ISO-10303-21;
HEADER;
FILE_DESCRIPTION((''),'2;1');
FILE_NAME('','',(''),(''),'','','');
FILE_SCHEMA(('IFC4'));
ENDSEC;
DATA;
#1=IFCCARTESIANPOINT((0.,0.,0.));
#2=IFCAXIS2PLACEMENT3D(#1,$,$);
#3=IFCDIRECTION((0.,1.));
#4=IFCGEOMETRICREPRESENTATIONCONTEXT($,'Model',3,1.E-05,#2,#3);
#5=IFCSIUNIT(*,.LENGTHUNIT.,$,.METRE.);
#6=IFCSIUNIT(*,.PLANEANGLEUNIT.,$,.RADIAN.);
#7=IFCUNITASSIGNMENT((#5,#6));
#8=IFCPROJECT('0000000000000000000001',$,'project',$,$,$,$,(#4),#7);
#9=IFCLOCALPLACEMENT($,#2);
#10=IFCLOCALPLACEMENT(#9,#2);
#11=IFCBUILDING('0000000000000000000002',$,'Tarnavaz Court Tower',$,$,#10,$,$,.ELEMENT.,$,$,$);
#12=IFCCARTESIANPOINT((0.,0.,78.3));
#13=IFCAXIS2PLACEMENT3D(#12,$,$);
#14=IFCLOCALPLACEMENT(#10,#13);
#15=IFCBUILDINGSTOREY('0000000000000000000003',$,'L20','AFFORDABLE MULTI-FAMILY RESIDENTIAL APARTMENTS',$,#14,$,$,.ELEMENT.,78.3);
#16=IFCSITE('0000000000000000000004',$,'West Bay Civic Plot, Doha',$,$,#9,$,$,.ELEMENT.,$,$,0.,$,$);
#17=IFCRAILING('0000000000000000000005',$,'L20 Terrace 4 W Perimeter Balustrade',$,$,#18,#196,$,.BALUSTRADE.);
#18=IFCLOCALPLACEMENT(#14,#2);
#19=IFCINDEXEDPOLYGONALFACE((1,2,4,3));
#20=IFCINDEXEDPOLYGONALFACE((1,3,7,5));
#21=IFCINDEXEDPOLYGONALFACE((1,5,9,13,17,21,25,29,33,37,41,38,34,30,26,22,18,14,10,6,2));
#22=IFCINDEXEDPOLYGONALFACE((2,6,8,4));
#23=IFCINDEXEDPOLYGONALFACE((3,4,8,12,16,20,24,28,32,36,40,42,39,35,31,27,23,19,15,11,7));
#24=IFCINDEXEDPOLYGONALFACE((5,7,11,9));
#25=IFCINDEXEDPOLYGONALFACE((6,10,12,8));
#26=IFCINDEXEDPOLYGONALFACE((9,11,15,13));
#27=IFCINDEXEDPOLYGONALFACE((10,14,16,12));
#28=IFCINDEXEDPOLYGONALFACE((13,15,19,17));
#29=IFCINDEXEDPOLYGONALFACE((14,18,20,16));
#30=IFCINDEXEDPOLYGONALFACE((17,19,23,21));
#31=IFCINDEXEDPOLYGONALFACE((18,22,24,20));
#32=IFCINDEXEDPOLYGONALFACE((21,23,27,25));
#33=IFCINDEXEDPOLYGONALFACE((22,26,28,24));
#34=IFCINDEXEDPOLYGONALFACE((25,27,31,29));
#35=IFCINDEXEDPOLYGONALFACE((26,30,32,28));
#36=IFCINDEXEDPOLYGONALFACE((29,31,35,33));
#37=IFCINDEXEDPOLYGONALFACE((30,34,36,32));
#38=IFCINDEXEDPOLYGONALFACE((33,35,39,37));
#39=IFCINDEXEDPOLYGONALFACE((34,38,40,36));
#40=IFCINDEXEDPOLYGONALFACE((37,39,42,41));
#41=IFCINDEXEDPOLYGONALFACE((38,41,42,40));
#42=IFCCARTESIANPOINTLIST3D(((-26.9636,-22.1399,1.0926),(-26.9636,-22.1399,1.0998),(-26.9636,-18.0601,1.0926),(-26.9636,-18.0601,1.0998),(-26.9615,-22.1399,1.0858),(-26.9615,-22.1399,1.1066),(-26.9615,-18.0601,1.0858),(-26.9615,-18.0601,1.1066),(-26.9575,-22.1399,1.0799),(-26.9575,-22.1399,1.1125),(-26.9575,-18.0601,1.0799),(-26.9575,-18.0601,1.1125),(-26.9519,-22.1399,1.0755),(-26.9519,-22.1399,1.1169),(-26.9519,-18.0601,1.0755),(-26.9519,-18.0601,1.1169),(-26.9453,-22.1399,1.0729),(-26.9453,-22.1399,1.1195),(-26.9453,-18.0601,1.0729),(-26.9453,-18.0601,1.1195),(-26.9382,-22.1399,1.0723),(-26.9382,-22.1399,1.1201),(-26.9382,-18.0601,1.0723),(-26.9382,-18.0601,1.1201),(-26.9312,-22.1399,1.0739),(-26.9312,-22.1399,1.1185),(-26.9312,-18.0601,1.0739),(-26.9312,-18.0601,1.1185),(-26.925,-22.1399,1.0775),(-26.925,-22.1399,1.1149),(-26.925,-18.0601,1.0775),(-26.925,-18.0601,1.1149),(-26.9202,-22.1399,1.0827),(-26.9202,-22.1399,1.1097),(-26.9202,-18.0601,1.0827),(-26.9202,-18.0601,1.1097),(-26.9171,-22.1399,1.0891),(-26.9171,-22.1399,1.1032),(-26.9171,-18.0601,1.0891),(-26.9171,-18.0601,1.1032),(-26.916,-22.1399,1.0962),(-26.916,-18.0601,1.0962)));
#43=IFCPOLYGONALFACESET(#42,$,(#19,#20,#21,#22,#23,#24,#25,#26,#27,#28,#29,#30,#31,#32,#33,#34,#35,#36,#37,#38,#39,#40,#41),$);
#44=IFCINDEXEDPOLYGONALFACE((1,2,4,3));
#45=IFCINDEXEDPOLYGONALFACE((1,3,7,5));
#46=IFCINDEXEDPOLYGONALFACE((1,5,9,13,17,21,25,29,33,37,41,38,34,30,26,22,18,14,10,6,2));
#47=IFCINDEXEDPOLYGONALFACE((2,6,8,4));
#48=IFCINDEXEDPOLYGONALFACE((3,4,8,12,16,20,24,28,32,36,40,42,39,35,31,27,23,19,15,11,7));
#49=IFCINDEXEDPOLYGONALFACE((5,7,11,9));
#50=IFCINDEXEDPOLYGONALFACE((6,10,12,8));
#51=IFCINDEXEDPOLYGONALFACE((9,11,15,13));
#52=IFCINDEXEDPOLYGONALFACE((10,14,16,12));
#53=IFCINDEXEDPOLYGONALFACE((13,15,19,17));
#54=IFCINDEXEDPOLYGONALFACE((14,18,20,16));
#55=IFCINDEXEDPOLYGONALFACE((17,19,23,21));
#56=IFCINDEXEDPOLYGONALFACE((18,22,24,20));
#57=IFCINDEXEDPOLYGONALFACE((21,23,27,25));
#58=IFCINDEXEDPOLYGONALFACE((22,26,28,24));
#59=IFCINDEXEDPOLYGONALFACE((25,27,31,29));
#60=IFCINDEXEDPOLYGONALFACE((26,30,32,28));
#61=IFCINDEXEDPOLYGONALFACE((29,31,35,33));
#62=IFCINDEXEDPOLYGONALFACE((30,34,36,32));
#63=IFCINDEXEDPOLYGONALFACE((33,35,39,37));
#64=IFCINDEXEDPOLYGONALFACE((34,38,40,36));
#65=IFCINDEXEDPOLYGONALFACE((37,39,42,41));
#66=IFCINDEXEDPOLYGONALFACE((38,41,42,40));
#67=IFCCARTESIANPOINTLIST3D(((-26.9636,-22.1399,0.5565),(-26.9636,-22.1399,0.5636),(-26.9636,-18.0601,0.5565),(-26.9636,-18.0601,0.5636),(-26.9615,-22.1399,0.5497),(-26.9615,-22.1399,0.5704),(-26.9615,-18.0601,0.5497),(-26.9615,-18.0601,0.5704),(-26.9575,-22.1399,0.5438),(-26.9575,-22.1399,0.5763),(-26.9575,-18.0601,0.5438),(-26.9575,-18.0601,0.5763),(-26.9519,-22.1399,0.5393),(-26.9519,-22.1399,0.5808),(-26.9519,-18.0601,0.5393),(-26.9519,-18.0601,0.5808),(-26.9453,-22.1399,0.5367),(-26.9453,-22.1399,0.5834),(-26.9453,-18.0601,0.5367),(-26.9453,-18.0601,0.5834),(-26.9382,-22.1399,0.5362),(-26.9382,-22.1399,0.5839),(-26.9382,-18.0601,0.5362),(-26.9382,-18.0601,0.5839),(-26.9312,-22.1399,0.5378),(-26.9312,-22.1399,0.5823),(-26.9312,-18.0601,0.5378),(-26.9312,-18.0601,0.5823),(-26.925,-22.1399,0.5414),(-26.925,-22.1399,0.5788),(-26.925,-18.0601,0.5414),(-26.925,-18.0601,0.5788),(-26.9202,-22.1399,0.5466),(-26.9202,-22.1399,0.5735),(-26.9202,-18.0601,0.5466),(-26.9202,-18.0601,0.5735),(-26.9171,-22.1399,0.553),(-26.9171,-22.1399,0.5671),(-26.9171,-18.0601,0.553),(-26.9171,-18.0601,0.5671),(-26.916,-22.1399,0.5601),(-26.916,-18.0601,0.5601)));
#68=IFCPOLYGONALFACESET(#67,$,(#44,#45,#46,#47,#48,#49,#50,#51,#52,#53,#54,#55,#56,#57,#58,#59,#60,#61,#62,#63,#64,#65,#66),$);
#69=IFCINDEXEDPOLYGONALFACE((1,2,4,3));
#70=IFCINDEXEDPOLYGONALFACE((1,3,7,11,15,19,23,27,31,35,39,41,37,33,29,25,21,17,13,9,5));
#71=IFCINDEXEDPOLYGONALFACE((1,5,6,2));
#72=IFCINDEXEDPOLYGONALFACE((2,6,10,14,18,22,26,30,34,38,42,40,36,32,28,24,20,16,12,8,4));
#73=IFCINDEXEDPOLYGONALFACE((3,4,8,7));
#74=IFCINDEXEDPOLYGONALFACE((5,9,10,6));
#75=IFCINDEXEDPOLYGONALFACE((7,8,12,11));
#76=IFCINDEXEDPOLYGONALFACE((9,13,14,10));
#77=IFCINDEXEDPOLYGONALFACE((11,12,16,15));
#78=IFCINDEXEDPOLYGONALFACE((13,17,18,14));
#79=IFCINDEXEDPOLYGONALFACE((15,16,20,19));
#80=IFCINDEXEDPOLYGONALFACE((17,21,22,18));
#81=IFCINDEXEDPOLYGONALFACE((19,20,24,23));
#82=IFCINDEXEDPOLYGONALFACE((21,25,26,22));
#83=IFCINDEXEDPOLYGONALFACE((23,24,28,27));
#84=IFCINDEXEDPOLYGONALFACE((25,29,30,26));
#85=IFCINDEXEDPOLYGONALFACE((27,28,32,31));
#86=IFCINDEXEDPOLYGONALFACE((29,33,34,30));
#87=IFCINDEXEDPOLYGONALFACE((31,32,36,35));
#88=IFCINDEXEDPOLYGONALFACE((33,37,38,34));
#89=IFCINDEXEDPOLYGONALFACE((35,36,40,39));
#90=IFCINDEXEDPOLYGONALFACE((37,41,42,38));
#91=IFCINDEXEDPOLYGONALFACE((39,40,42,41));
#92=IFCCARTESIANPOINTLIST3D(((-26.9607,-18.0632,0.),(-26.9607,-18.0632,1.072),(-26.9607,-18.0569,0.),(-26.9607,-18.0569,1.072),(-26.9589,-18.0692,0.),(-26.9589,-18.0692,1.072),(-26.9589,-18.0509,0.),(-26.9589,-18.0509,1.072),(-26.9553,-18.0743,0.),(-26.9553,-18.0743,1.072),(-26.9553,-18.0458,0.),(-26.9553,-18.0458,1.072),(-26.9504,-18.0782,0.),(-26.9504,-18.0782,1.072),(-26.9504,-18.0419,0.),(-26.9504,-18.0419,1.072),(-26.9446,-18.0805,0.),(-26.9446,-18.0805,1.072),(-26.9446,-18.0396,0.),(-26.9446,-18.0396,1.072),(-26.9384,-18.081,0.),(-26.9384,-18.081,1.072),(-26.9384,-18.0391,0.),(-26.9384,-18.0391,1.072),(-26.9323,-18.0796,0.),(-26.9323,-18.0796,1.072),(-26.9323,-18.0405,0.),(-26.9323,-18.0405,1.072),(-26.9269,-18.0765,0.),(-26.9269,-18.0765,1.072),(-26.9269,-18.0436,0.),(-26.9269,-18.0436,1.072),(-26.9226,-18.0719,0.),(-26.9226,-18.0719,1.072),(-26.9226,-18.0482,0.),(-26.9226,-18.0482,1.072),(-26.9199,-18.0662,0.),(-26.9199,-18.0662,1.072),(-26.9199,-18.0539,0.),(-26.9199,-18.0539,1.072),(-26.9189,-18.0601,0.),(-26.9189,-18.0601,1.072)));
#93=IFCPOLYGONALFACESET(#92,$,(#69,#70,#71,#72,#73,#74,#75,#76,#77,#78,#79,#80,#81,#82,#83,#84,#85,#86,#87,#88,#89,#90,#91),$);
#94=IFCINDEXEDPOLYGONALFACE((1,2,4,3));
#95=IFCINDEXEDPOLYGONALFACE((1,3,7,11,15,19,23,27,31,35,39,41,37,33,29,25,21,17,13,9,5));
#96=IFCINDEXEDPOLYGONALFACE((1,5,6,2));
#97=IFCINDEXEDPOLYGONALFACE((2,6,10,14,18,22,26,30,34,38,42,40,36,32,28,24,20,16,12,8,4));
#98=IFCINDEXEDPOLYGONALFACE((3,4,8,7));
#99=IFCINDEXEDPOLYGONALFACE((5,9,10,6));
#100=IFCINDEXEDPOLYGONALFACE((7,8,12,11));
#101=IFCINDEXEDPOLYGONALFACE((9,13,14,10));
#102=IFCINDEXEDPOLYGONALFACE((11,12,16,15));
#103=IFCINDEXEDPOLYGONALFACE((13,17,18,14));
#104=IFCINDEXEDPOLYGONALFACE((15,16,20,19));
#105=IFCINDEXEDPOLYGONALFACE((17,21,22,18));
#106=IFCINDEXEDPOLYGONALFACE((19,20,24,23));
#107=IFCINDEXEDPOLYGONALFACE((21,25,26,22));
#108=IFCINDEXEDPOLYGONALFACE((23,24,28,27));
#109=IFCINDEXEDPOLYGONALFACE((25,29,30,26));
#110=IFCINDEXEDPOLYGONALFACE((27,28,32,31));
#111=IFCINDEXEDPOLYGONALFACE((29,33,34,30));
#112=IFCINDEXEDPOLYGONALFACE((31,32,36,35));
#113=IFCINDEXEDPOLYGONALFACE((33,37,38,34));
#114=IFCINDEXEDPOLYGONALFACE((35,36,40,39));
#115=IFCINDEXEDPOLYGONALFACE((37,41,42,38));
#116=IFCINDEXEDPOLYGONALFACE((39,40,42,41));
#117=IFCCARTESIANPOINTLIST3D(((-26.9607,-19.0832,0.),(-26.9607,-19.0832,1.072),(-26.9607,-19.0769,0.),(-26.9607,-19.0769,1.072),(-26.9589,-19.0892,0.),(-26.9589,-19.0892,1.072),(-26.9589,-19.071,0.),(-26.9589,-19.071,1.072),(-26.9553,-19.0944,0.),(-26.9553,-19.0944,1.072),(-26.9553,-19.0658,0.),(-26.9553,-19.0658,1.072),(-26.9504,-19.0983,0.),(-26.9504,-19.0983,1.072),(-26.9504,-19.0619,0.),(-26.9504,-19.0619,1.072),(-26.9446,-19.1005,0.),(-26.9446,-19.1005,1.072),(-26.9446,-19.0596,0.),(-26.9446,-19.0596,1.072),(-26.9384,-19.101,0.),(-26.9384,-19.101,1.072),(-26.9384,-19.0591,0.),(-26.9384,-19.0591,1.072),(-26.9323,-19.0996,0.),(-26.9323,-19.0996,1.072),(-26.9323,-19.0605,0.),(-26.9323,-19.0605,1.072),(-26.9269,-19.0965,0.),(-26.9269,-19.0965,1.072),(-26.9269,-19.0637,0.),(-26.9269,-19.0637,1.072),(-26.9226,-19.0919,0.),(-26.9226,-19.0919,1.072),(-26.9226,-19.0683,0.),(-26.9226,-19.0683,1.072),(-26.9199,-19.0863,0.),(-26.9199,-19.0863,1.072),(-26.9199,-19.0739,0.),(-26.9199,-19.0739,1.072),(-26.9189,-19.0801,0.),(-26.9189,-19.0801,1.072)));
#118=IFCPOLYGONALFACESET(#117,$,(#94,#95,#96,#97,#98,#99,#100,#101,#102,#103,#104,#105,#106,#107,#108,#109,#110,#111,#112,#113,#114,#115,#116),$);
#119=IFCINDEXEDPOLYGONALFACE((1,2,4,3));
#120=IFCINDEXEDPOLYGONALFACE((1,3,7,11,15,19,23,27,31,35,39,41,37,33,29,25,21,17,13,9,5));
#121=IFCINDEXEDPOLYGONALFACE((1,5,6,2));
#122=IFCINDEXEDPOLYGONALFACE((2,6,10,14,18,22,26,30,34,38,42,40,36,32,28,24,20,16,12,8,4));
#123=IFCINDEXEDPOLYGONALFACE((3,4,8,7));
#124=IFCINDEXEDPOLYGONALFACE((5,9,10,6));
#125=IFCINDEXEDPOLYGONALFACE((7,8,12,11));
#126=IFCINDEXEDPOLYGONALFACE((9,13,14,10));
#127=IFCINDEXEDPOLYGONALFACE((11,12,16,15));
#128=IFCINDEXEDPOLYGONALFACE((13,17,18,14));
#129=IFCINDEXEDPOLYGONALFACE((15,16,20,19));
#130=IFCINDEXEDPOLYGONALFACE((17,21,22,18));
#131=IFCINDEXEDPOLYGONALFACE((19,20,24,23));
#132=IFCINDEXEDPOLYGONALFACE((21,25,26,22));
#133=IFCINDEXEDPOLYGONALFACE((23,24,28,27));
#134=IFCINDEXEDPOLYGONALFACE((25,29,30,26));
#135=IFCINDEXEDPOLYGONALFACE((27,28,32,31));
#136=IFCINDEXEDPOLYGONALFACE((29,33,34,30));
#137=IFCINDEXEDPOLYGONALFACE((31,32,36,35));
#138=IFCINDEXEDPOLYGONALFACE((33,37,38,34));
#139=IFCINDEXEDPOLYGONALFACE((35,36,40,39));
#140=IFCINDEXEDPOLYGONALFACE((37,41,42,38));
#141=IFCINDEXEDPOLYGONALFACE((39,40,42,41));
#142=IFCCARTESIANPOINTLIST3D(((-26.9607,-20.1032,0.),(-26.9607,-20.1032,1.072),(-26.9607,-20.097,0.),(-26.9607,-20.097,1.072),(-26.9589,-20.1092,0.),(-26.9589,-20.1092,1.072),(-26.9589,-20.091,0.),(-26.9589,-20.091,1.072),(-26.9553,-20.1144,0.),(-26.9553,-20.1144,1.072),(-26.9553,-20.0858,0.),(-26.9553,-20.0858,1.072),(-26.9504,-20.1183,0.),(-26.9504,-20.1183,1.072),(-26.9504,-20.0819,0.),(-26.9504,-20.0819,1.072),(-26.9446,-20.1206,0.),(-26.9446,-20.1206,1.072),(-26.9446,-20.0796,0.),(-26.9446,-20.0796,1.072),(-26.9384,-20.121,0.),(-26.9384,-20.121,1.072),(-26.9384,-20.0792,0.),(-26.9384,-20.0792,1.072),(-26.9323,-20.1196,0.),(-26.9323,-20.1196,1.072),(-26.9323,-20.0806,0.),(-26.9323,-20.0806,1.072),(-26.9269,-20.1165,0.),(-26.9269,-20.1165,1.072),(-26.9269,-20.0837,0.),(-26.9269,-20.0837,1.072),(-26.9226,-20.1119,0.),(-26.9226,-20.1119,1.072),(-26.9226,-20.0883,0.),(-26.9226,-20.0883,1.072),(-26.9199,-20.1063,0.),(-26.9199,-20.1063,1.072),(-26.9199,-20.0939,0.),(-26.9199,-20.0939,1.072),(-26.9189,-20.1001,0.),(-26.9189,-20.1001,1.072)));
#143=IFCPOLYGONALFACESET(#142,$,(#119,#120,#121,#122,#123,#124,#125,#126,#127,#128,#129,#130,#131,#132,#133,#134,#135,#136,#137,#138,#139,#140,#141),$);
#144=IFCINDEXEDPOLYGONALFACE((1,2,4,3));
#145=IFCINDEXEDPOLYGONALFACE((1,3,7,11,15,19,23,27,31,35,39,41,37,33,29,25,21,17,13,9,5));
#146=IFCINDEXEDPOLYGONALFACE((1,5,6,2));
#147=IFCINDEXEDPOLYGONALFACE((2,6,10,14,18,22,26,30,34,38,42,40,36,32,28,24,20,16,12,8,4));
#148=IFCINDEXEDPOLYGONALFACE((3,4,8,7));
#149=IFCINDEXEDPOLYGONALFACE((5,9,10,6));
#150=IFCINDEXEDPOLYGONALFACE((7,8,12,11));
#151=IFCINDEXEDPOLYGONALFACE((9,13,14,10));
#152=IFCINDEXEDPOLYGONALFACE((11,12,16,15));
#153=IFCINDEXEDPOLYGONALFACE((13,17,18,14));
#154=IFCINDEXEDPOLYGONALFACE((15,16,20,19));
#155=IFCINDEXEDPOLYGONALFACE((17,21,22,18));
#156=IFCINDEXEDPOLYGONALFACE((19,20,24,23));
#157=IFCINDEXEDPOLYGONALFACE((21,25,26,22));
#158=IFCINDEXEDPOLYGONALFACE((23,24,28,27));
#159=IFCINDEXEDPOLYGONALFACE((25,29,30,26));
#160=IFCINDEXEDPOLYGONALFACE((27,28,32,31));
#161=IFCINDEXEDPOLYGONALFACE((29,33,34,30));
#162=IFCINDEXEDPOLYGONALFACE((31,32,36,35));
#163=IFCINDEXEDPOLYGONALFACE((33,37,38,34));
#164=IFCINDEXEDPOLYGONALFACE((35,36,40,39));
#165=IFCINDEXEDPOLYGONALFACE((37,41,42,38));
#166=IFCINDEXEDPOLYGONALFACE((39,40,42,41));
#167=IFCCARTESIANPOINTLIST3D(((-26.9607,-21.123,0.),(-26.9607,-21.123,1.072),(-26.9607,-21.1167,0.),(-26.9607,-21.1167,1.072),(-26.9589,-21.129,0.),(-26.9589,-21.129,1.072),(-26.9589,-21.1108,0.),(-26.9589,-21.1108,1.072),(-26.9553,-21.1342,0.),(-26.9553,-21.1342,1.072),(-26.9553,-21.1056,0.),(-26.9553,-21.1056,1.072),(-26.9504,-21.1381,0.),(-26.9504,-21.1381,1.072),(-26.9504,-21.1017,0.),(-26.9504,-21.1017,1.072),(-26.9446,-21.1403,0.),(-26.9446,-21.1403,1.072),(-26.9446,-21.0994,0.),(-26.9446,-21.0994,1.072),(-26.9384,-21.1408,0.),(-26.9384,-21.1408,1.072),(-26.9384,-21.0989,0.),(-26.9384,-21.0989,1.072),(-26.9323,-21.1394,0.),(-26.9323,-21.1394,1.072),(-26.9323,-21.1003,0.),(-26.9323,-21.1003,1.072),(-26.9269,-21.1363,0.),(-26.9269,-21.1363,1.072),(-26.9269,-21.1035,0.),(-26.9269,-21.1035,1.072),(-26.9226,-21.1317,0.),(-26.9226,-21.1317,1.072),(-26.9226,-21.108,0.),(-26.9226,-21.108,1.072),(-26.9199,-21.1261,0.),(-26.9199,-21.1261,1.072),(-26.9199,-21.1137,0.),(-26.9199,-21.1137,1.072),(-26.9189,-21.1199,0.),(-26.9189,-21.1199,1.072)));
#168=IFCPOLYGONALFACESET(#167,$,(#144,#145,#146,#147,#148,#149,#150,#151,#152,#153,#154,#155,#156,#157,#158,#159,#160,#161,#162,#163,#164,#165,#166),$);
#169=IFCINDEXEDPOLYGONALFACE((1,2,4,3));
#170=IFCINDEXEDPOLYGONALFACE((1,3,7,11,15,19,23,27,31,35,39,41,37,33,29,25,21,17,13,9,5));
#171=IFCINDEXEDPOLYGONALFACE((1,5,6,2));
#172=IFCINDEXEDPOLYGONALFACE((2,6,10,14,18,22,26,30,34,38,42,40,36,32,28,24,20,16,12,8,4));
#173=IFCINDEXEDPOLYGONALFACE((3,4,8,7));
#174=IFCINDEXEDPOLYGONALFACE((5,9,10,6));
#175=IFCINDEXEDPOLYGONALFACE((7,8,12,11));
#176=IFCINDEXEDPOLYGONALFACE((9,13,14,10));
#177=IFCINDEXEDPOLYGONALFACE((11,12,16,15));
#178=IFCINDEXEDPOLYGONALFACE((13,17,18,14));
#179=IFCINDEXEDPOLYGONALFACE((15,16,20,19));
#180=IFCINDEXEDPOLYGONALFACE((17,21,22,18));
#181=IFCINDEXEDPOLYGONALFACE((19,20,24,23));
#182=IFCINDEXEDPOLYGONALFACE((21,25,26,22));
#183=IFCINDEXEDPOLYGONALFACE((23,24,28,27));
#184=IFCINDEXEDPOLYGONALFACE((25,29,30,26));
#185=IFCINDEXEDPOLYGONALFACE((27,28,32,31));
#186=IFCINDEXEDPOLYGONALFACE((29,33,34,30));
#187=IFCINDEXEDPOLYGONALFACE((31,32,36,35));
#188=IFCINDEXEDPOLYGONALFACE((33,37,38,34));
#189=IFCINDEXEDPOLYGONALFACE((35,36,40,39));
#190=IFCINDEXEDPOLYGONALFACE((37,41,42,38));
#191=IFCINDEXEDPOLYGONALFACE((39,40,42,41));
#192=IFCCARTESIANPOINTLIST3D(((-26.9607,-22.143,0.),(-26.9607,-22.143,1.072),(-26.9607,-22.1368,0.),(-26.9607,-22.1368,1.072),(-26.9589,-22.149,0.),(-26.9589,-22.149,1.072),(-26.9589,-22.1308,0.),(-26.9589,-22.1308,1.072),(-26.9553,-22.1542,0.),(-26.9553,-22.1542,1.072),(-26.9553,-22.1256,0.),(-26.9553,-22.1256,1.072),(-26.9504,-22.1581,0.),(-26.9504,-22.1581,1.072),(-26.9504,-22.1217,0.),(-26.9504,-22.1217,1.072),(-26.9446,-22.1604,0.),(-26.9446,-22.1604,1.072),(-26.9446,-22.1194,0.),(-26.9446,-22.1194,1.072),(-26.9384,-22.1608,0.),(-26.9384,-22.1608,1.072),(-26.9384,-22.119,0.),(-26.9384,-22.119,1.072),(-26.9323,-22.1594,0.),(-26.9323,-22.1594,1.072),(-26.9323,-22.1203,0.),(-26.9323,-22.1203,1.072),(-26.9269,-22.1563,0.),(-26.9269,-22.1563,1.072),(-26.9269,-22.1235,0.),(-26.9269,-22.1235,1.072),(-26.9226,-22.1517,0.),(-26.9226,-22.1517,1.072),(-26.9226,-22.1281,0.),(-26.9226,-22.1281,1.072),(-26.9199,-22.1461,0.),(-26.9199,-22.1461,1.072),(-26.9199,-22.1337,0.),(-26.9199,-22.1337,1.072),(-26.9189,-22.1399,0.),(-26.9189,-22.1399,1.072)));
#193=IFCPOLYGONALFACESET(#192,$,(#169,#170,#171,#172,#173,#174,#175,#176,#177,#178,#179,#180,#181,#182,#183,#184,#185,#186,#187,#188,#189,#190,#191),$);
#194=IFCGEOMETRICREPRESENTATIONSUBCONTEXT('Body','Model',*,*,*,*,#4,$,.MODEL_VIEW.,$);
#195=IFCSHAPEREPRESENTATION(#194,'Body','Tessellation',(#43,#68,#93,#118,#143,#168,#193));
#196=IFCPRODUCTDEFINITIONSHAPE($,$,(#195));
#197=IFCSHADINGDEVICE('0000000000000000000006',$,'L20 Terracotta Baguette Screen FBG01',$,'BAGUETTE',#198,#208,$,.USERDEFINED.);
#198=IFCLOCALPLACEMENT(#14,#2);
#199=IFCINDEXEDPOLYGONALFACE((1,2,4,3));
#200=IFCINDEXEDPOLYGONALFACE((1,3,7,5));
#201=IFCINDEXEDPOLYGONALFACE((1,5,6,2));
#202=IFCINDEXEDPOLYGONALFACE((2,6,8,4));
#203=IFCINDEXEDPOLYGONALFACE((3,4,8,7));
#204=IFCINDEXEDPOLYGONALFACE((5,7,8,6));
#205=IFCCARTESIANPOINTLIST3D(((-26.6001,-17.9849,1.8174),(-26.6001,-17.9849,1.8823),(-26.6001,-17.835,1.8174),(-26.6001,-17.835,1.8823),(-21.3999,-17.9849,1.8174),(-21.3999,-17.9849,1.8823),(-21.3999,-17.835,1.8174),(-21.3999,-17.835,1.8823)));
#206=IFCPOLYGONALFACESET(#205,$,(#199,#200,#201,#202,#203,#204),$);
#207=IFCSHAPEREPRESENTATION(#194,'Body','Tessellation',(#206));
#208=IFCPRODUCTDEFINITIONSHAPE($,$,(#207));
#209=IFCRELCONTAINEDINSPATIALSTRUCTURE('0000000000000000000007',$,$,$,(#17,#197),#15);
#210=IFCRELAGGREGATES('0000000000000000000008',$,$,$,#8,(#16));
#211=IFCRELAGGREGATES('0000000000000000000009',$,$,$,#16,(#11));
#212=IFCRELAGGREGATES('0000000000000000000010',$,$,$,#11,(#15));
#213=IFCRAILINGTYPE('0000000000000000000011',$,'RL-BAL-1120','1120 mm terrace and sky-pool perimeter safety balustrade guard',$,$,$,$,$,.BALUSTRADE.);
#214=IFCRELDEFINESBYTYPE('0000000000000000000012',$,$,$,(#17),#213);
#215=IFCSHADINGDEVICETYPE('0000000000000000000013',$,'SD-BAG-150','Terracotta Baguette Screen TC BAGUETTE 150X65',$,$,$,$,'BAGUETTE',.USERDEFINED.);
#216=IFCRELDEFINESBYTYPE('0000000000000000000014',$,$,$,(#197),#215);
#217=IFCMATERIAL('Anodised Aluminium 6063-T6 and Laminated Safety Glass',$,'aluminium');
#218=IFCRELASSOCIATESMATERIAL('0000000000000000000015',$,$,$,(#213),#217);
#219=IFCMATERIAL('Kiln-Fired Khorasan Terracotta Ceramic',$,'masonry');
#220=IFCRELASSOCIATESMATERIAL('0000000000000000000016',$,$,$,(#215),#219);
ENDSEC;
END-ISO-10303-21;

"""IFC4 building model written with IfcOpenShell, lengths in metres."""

from ifc_helpers import new_model, si_unit, direction, frame, origin, origin_2d, place, context, subcontext, project, spatial, rectangle, circle, extrude, material, material_profile, profile_set, type_object, element, save


model = new_model("IFC4")

# Units and contexts
model_context = context("Model", 3, precision=1e-05, world=origin(), true_north=direction((0.0, 1.0)))
body_context = subcontext(model_context, "Body", "Model", "MODEL_VIEW")
ifc_project = project(units=[si_unit("LENGTHUNIT", "METRE"), si_unit("PLANEANGLEUNIT", "RADIAN")], contexts=[model_context])

# Site, building, storey
site_placement = place(None, origin())
site = spatial("IfcSite", under=ifc_project, at=site_placement, Name="West Bay Civic Plot, Doha", CompositionType="ELEMENT", RefElevation=0.0)
building_placement = place(site_placement, origin())
building = spatial("IfcBuilding", under=site, at=building_placement, Name="Tarnavaz Court Tower", CompositionType="ELEMENT")
storey_placement = place(building_placement, frame((0.0, 0.0, 78.3)))
storey = spatial("IfcBuildingStorey", under=building, at=storey_placement, Name="L20", Description="AFFORDABLE MULTI-FAMILY RESIDENTIAL APARTMENTS", CompositionType="ELEMENT", Elevation=78.3)

# Railing
ifc_material_1 = material(Name="Anodised Aluminium 6063-T6 and Laminated Safety Glass", Category="aluminium")
railing_type = type_object("IfcRailingType", Name="RL-BAL-1120", Description="1120 mm terrace and sky-pool perimeter safety balustrade guard", PredefinedType="BALUSTRADE", material=ifc_material_1)
railing_1_placement = place(storey_placement, frame((-26.9399, -18.0601, 0.0)))
element("IfcRailing", 1, at=railing_1_placement, inside=storey, type_object=railing_type, Name="L20 Terrace 4 W Perimeter Balustrade", PredefinedType="BALUSTRADE", context=body_context, shape_type="SweptSolid", body=[
    extrude(circle(Radius=0.0239, at=origin_2d()), frame((0.0, 0.0, 1.0962), z_axis=(0.0, -1.0, 0.0), x_axis=(1.0, 0.0, 0.0)), (0.0, 0.0, 1.0), 4.0798),
    extrude(circle(Radius=0.0239, at=origin_2d()), frame((0.0, 0.0, 0.5601), z_axis=(0.0, -1.0, 0.0), x_axis=(1.0, 0.0, 0.0)), (0.0, 0.0, 1.0), 4.0798),
    extrude(circle(Radius=0.021, at=origin_2d()), origin(), (0.0, 0.0, 1.0), 1.072),
    extrude(circle(Radius=0.021, at=origin_2d()), frame((0.0, -1.02, 0.0)), (0.0, 0.0, 1.0), 1.072),
    extrude(circle(Radius=0.021, at=origin_2d()), frame((0.0, -2.04, 0.0)), (0.0, 0.0, 1.0), 1.072),
    extrude(circle(Radius=0.021, at=origin_2d()), frame((0.0, -3.0598, 0.0)), (0.0, 0.0, 1.0), 1.072),
    extrude(circle(Radius=0.021, at=origin_2d()), frame((0.0, -4.0798, 0.0)), (0.0, 0.0, 1.0), 1.072),
])

# Shading device
ifc_material_2 = material(Name="Kiln-Fired Khorasan Terracotta Ceramic", Category="masonry")
ifc_material_profile_1 = material_profile(ifc_material_2, rectangle(XDim=0.1499, YDim=0.0649, at=origin_2d()), Name="TC BAGUETTE 150X65")
ifc_profile_set_1 = profile_set([ifc_material_profile_1], Name="Kiln-Fired Khorasan Terracotta Ceramic")
shading_device_type = type_object("IfcShadingDeviceType", Name="SD-BAG-150", Description="Terracotta Baguette Screen TC BAGUETTE 150X65", ElementType="BAGUETTE", PredefinedType="USERDEFINED", material=ifc_profile_set_1)
shading_device_placement = place(storey_placement, frame((-21.3999, -17.9099, 1.8499), z_axis=(-1.0, 0.0, 0.0), x_axis=(0.0, -1.0, 0.0)))
element("IfcShadingDevice", 2, at=shading_device_placement, inside=storey, type_object=shading_device_type, Name="L20 Terracotta Baguette Screen FBG01", ObjectType="BAGUETTE", PredefinedType="USERDEFINED", context=body_context, shape_type="SweptSolid", body=[
    extrude(rectangle(XDim=0.1499, YDim=0.0649, at=origin_2d()), origin(), (0.0, 0.0, 1.0), 5.2002),
])

save(model, "model.ifc")
